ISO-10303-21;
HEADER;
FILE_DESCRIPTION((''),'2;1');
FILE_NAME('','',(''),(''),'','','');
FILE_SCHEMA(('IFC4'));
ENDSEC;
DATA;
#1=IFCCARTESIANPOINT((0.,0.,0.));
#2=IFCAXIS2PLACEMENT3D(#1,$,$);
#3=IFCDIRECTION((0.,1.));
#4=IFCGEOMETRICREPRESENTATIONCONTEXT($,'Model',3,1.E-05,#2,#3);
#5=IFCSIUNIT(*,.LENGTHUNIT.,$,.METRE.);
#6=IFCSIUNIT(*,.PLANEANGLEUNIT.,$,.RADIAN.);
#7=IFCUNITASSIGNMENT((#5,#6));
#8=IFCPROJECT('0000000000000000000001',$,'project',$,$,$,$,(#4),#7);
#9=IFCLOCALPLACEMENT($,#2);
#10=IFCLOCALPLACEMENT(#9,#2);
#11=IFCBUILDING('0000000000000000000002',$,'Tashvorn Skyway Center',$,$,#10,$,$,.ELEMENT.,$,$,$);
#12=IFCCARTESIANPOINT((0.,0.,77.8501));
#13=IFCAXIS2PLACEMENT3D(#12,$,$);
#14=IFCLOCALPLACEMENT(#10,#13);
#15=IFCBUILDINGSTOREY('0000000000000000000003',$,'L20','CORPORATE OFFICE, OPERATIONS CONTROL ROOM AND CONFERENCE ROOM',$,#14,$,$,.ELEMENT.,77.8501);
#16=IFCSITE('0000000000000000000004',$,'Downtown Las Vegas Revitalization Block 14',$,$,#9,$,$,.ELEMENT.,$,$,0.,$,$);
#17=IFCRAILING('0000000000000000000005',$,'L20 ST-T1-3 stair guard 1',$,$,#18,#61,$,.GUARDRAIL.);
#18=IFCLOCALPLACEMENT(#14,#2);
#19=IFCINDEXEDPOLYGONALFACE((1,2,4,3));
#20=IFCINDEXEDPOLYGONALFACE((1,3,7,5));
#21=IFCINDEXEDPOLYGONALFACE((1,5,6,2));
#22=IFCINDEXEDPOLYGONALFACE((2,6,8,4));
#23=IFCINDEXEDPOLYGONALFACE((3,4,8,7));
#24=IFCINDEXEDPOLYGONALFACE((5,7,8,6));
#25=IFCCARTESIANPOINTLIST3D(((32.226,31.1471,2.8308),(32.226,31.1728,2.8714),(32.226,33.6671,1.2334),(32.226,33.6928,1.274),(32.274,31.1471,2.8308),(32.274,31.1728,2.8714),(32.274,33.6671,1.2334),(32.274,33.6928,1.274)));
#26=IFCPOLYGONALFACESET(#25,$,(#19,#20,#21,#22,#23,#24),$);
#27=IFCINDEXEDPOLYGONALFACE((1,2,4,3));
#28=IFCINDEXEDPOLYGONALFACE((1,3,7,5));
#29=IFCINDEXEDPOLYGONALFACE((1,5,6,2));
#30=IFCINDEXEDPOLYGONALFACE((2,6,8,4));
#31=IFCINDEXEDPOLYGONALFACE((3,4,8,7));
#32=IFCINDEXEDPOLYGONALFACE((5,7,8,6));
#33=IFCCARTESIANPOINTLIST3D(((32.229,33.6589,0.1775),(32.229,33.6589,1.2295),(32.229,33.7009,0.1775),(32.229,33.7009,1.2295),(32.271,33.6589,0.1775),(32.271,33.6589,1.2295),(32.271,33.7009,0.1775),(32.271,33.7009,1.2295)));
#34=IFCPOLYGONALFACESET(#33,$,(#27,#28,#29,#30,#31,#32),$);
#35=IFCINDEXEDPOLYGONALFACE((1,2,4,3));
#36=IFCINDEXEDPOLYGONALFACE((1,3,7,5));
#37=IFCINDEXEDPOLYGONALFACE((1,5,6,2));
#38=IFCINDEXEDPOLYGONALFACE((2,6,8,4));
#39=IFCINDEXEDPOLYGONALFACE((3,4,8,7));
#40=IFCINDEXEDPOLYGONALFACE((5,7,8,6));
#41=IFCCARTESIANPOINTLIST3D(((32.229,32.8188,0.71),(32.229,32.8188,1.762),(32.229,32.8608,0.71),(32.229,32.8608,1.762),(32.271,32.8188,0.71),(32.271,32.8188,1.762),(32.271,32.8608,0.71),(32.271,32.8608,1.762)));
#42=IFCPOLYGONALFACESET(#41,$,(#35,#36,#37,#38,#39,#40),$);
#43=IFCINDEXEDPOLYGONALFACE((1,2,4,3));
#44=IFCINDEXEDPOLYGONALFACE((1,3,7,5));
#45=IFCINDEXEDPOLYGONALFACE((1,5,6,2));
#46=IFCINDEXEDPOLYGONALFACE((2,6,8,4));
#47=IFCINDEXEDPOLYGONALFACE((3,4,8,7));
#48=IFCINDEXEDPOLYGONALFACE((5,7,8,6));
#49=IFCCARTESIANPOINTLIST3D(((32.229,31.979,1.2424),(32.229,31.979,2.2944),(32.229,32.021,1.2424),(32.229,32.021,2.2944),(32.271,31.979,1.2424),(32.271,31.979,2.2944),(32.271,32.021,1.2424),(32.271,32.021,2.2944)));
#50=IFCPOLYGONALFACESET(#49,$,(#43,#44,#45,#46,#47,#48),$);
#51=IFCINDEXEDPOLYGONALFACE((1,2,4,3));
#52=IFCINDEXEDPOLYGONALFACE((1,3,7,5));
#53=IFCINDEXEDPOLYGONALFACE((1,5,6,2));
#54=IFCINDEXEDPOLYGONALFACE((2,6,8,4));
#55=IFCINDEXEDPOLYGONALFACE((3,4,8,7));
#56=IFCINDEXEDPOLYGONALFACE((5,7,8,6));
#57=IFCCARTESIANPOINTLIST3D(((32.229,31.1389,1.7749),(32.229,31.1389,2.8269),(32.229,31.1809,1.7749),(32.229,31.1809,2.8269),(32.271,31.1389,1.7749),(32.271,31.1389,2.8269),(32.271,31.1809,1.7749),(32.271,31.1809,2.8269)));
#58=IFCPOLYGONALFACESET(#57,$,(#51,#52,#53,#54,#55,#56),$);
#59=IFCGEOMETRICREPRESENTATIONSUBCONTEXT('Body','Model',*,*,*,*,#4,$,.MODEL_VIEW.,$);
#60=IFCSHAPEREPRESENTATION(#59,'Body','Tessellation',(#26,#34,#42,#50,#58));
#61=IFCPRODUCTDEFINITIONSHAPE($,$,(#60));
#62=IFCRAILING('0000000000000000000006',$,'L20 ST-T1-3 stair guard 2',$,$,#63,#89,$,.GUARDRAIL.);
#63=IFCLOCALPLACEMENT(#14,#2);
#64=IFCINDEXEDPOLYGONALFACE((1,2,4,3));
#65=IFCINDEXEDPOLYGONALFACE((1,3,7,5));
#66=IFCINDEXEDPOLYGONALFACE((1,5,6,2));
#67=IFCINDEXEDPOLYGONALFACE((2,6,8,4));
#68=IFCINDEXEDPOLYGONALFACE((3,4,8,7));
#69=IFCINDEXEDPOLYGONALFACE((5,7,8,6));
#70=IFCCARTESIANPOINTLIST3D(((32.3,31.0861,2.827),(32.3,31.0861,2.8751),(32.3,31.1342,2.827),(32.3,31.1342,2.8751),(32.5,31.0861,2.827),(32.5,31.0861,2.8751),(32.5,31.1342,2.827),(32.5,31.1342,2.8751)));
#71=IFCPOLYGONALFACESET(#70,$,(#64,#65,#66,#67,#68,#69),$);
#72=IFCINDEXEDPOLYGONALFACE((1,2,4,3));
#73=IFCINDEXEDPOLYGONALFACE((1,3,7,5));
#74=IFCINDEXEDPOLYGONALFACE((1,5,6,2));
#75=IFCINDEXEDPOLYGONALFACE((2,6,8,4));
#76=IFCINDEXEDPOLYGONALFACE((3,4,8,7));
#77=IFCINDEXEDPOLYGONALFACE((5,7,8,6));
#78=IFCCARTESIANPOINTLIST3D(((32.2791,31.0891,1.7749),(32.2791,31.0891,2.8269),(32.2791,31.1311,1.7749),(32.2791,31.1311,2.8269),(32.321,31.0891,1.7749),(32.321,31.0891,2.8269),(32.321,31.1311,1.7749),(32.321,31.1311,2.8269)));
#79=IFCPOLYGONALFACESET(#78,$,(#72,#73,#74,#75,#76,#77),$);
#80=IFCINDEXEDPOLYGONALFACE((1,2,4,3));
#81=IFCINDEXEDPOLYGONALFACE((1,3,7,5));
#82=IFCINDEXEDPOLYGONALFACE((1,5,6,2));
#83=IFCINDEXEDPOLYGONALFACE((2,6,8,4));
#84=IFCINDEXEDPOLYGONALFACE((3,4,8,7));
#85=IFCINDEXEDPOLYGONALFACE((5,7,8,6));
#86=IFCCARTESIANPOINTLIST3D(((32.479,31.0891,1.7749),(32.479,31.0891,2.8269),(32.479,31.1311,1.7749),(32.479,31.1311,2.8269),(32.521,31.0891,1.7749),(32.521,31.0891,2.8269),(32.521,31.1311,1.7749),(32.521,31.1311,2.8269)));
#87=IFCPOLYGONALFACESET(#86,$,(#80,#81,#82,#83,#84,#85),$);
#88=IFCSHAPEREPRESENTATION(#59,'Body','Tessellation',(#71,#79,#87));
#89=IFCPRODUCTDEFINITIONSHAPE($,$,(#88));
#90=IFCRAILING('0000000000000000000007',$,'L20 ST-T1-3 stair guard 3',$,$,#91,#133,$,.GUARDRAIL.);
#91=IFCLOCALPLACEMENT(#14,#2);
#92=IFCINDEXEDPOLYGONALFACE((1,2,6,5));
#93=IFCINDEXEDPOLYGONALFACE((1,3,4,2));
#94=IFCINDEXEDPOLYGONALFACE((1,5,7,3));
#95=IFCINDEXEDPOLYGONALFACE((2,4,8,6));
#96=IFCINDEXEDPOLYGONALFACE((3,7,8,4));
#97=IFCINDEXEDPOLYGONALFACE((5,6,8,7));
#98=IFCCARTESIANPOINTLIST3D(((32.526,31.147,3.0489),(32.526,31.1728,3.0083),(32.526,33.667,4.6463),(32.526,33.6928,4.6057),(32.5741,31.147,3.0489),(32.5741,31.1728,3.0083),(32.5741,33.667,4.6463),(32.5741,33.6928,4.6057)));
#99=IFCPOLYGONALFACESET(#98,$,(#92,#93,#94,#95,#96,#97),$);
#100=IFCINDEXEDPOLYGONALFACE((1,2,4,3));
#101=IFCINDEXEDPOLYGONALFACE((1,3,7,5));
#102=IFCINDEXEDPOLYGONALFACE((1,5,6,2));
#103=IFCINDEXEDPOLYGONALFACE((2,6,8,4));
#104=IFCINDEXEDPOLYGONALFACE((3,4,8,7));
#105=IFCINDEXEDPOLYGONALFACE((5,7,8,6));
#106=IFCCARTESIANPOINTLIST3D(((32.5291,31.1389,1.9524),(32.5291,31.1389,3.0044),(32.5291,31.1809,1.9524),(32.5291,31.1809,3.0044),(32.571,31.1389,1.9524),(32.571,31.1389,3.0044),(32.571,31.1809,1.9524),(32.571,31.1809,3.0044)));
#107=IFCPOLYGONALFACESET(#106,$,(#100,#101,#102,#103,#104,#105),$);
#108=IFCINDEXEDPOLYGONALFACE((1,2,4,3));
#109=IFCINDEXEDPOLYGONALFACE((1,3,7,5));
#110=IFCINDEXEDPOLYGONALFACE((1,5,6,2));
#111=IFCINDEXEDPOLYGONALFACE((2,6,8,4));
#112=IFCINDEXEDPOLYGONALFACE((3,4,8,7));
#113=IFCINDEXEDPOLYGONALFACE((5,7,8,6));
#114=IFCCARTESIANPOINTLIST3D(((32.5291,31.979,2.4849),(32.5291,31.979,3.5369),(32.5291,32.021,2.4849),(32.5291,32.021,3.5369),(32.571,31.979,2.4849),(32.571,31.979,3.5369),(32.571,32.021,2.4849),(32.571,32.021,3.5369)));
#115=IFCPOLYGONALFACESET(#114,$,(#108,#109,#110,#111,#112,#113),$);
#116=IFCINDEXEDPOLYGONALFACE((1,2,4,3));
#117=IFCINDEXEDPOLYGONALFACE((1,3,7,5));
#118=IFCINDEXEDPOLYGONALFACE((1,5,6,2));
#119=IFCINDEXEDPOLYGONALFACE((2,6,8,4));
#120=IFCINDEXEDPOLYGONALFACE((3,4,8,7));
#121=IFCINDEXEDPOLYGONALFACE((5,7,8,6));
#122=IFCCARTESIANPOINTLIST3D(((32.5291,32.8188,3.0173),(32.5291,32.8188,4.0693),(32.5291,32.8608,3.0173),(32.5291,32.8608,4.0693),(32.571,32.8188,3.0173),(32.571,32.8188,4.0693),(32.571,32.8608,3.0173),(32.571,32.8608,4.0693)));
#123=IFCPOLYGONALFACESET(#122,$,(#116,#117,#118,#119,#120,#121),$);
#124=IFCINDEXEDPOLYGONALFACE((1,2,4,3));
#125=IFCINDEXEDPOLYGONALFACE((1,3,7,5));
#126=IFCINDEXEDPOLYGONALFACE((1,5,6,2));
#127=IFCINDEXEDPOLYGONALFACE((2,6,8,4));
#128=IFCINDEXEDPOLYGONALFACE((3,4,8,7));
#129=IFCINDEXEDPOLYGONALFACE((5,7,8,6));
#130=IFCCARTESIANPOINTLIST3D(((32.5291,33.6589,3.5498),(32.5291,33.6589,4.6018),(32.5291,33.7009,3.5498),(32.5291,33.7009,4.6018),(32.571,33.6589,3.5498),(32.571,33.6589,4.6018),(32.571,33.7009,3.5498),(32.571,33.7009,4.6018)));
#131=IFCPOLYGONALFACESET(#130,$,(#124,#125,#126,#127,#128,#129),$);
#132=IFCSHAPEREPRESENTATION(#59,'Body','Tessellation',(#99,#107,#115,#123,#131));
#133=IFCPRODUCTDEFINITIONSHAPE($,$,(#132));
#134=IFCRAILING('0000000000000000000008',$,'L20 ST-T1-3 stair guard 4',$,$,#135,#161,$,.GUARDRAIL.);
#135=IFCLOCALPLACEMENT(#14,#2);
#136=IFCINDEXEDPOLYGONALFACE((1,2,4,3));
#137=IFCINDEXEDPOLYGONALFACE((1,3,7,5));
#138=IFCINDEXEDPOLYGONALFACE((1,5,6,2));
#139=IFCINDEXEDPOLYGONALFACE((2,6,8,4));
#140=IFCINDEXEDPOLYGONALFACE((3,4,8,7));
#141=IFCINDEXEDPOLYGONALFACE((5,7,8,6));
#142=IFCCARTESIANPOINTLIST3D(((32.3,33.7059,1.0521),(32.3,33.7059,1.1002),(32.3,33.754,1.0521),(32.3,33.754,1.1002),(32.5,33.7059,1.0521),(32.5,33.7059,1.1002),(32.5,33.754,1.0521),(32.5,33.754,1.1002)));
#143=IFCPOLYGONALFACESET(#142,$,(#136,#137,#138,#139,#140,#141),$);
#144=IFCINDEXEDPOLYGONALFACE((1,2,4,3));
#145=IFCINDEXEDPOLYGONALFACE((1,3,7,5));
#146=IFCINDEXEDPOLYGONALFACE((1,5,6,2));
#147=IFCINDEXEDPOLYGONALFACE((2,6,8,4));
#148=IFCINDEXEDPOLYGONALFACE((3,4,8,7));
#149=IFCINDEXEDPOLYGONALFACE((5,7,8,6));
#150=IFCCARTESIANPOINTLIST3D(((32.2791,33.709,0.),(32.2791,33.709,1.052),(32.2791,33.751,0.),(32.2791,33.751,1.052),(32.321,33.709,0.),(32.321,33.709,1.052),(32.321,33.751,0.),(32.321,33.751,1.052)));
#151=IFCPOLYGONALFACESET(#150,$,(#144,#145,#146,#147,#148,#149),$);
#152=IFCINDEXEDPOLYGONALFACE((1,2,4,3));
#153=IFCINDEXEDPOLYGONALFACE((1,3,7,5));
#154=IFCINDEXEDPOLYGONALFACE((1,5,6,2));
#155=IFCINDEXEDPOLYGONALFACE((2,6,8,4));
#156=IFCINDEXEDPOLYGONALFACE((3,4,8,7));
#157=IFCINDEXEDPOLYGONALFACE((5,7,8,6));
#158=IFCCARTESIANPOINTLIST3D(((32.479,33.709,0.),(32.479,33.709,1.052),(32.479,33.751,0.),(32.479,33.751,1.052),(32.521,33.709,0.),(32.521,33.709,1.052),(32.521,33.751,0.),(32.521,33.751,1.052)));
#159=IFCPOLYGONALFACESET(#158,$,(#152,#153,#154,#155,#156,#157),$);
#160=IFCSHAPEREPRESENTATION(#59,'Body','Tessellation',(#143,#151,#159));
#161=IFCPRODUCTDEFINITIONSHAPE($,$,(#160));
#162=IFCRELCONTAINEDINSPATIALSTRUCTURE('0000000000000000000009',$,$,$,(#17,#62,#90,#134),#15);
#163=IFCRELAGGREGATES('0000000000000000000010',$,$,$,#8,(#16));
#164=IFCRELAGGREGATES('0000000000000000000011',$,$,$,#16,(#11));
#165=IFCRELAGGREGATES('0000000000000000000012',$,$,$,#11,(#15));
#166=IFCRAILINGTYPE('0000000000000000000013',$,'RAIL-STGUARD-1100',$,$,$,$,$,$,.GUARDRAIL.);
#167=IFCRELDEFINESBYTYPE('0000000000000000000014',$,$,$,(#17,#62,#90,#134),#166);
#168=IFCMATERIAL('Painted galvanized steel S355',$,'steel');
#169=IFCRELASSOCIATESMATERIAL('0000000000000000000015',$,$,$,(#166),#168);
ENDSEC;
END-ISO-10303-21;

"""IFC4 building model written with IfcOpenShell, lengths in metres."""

from ifc_helpers import new_model, si_unit, direction, frame, origin, origin_2d, place, context, subcontext, project, spatial, rectangle, extrude, material, type_object, element, save


model = new_model("IFC4")

# Units and contexts
model_context = context("Model", 3, precision=1e-05, world=origin(), true_north=direction((0.0, 1.0)))
body_context = subcontext(model_context, "Body", "Model", "MODEL_VIEW")
ifc_project = project(units=[si_unit("LENGTHUNIT", "METRE"), si_unit("PLANEANGLEUNIT", "RADIAN")], contexts=[model_context])

# Site, building, storey
site_placement = place(None, origin())
site = spatial("IfcSite", under=ifc_project, at=site_placement, Name="Downtown Las Vegas Revitalization Block 14", CompositionType="ELEMENT", RefElevation=0.0)
building_placement = place(site_placement, origin())
building = spatial("IfcBuilding", under=site, at=building_placement, Name="Tashvorn Skyway Center", CompositionType="ELEMENT")
storey_placement = place(building_placement, frame((0.0, 0.0, 77.8501)))
storey = spatial("IfcBuildingStorey", under=building, at=storey_placement, Name="L20", Description="CORPORATE OFFICE, OPERATIONS CONTROL ROOM AND CONFERENCE ROOM", CompositionType="ELEMENT", Elevation=77.8501)

# Railings
ifc_material_1 = material(Name="Painted galvanized steel S355", Category="steel")
railing_type_1 = type_object("IfcRailingType", Name="RAIL-STGUARD-1100", PredefinedType="GUARDRAIL", material=ifc_material_1)
railing_1_placement = place(storey_placement, frame((32.25, 33.6799, 0.1775)))
element("IfcRailing", 1, at=railing_1_placement, inside=storey, type_object=railing_type_1, Name="L20 ST-T1-3 stair guard 1", PredefinedType="GUARDRAIL", context=body_context, shape_type="SweptSolid", body=[
    extrude(rectangle(XDim=0.0481, YDim=0.0481, at=origin_2d()), frame((0.0, 0.0, 1.0762), z_axis=(0.0, -0.844607, 0.535387), x_axis=(1.0, 0.0, 0.0)), (0.0, 0.0, 1.0), 2.9836),
    extrude(rectangle(XDim=0.042, YDim=0.042, at=origin_2d()), origin(), (0.0, 0.0, 1.0), 1.052),
    extrude(rectangle(XDim=0.042, YDim=0.042, at=origin_2d()), frame((0.0, -0.8401, 0.5325)), (0.0, 0.0, 1.0), 1.052),
    extrude(rectangle(XDim=0.042, YDim=0.042, at=origin_2d()), frame((0.0, -1.6799, 1.0649)), (0.0, 0.0, 1.0), 1.052),
    extrude(rectangle(XDim=0.042, YDim=0.042, at=origin_2d()), frame((0.0, -2.52, 1.5974)), (0.0, 0.0, 1.0), 1.052),
])
railing_2_placement = place(storey_placement, frame((32.3, 31.1101, 1.7749)))
element("IfcRailing", 2, at=railing_2_placement, inside=storey, type_object=railing_type_1, Name="L20 ST-T1-3 stair guard 2", PredefinedType="GUARDRAIL", context=body_context, shape_type="SweptSolid", body=[
    extrude(rectangle(XDim=0.0481, YDim=0.0481, at=origin_2d()), frame((0.0, 0.0, 1.0762), z_axis=(1.0, 0.0, 0.0), x_axis=(0.0, 1.0, 0.0)), (0.0, 0.0, 1.0), 0.2),
    extrude(rectangle(XDim=0.042, YDim=0.042, at=origin_2d()), origin(), (0.0, 0.0, 1.0), 1.052),
    extrude(rectangle(XDim=0.042, YDim=0.042, at=origin_2d()), frame((0.2, 0.0, 0.0)), (0.0, 0.0, 1.0), 1.052),
])
railing_3_placement = place(storey_placement, frame((32.55, 31.1599, 1.9524)))
element("IfcRailing", 3, at=railing_3_placement, inside=storey, type_object=railing_type_1, Name="L20 ST-T1-3 stair guard 3", PredefinedType="GUARDRAIL", context=body_context, shape_type="SweptSolid", body=[
    extrude(rectangle(XDim=0.0481, YDim=0.0481, at=origin_2d()), frame((0.0, 0.0, 1.0762), z_axis=(0.0, 0.844607, 0.535387), x_axis=(-1.0, 0.0, 0.0)), (0.0, 0.0, 1.0), 2.9836),
    extrude(rectangle(XDim=0.042, YDim=0.042, at=origin_2d()), origin(), (0.0, 0.0, 1.0), 1.052),
    extrude(rectangle(XDim=0.042, YDim=0.042, at=origin_2d()), frame((0.0, 0.8401, 0.5325)), (0.0, 0.0, 1.0), 1.052),
    extrude(rectangle(XDim=0.042, YDim=0.042, at=origin_2d()), frame((0.0, 1.6799, 1.0649)), (0.0, 0.0, 1.0), 1.052),
    extrude(rectangle(XDim=0.042, YDim=0.042, at=origin_2d()), frame((0.0, 2.52, 1.5974)), (0.0, 0.0, 1.0), 1.052),
])
railing_4_placement = place(storey_placement, frame((32.3, 33.73, 0.0)))
element("IfcRailing", 4, at=railing_4_placement, inside=storey, type_object=railing_type_1, Name="L20 ST-T1-3 stair guard 4", PredefinedType="GUARDRAIL", context=body_context, shape_type="SweptSolid", body=[
    extrude(rectangle(XDim=0.0481, YDim=0.0481, at=origin_2d()), frame((0.0, 0.0, 1.0762), z_axis=(1.0, 0.0, 0.0), x_axis=(0.0, 1.0, 0.0)), (0.0, 0.0, 1.0), 0.2),
    extrude(rectangle(XDim=0.042, YDim=0.042, at=origin_2d()), origin(), (0.0, 0.0, 1.0), 1.052),
    extrude(rectangle(XDim=0.042, YDim=0.042, at=origin_2d()), frame((0.2, 0.0, 0.0)), (0.0, 0.0, 1.0), 1.052),
])

save(model, "model.ifc")
